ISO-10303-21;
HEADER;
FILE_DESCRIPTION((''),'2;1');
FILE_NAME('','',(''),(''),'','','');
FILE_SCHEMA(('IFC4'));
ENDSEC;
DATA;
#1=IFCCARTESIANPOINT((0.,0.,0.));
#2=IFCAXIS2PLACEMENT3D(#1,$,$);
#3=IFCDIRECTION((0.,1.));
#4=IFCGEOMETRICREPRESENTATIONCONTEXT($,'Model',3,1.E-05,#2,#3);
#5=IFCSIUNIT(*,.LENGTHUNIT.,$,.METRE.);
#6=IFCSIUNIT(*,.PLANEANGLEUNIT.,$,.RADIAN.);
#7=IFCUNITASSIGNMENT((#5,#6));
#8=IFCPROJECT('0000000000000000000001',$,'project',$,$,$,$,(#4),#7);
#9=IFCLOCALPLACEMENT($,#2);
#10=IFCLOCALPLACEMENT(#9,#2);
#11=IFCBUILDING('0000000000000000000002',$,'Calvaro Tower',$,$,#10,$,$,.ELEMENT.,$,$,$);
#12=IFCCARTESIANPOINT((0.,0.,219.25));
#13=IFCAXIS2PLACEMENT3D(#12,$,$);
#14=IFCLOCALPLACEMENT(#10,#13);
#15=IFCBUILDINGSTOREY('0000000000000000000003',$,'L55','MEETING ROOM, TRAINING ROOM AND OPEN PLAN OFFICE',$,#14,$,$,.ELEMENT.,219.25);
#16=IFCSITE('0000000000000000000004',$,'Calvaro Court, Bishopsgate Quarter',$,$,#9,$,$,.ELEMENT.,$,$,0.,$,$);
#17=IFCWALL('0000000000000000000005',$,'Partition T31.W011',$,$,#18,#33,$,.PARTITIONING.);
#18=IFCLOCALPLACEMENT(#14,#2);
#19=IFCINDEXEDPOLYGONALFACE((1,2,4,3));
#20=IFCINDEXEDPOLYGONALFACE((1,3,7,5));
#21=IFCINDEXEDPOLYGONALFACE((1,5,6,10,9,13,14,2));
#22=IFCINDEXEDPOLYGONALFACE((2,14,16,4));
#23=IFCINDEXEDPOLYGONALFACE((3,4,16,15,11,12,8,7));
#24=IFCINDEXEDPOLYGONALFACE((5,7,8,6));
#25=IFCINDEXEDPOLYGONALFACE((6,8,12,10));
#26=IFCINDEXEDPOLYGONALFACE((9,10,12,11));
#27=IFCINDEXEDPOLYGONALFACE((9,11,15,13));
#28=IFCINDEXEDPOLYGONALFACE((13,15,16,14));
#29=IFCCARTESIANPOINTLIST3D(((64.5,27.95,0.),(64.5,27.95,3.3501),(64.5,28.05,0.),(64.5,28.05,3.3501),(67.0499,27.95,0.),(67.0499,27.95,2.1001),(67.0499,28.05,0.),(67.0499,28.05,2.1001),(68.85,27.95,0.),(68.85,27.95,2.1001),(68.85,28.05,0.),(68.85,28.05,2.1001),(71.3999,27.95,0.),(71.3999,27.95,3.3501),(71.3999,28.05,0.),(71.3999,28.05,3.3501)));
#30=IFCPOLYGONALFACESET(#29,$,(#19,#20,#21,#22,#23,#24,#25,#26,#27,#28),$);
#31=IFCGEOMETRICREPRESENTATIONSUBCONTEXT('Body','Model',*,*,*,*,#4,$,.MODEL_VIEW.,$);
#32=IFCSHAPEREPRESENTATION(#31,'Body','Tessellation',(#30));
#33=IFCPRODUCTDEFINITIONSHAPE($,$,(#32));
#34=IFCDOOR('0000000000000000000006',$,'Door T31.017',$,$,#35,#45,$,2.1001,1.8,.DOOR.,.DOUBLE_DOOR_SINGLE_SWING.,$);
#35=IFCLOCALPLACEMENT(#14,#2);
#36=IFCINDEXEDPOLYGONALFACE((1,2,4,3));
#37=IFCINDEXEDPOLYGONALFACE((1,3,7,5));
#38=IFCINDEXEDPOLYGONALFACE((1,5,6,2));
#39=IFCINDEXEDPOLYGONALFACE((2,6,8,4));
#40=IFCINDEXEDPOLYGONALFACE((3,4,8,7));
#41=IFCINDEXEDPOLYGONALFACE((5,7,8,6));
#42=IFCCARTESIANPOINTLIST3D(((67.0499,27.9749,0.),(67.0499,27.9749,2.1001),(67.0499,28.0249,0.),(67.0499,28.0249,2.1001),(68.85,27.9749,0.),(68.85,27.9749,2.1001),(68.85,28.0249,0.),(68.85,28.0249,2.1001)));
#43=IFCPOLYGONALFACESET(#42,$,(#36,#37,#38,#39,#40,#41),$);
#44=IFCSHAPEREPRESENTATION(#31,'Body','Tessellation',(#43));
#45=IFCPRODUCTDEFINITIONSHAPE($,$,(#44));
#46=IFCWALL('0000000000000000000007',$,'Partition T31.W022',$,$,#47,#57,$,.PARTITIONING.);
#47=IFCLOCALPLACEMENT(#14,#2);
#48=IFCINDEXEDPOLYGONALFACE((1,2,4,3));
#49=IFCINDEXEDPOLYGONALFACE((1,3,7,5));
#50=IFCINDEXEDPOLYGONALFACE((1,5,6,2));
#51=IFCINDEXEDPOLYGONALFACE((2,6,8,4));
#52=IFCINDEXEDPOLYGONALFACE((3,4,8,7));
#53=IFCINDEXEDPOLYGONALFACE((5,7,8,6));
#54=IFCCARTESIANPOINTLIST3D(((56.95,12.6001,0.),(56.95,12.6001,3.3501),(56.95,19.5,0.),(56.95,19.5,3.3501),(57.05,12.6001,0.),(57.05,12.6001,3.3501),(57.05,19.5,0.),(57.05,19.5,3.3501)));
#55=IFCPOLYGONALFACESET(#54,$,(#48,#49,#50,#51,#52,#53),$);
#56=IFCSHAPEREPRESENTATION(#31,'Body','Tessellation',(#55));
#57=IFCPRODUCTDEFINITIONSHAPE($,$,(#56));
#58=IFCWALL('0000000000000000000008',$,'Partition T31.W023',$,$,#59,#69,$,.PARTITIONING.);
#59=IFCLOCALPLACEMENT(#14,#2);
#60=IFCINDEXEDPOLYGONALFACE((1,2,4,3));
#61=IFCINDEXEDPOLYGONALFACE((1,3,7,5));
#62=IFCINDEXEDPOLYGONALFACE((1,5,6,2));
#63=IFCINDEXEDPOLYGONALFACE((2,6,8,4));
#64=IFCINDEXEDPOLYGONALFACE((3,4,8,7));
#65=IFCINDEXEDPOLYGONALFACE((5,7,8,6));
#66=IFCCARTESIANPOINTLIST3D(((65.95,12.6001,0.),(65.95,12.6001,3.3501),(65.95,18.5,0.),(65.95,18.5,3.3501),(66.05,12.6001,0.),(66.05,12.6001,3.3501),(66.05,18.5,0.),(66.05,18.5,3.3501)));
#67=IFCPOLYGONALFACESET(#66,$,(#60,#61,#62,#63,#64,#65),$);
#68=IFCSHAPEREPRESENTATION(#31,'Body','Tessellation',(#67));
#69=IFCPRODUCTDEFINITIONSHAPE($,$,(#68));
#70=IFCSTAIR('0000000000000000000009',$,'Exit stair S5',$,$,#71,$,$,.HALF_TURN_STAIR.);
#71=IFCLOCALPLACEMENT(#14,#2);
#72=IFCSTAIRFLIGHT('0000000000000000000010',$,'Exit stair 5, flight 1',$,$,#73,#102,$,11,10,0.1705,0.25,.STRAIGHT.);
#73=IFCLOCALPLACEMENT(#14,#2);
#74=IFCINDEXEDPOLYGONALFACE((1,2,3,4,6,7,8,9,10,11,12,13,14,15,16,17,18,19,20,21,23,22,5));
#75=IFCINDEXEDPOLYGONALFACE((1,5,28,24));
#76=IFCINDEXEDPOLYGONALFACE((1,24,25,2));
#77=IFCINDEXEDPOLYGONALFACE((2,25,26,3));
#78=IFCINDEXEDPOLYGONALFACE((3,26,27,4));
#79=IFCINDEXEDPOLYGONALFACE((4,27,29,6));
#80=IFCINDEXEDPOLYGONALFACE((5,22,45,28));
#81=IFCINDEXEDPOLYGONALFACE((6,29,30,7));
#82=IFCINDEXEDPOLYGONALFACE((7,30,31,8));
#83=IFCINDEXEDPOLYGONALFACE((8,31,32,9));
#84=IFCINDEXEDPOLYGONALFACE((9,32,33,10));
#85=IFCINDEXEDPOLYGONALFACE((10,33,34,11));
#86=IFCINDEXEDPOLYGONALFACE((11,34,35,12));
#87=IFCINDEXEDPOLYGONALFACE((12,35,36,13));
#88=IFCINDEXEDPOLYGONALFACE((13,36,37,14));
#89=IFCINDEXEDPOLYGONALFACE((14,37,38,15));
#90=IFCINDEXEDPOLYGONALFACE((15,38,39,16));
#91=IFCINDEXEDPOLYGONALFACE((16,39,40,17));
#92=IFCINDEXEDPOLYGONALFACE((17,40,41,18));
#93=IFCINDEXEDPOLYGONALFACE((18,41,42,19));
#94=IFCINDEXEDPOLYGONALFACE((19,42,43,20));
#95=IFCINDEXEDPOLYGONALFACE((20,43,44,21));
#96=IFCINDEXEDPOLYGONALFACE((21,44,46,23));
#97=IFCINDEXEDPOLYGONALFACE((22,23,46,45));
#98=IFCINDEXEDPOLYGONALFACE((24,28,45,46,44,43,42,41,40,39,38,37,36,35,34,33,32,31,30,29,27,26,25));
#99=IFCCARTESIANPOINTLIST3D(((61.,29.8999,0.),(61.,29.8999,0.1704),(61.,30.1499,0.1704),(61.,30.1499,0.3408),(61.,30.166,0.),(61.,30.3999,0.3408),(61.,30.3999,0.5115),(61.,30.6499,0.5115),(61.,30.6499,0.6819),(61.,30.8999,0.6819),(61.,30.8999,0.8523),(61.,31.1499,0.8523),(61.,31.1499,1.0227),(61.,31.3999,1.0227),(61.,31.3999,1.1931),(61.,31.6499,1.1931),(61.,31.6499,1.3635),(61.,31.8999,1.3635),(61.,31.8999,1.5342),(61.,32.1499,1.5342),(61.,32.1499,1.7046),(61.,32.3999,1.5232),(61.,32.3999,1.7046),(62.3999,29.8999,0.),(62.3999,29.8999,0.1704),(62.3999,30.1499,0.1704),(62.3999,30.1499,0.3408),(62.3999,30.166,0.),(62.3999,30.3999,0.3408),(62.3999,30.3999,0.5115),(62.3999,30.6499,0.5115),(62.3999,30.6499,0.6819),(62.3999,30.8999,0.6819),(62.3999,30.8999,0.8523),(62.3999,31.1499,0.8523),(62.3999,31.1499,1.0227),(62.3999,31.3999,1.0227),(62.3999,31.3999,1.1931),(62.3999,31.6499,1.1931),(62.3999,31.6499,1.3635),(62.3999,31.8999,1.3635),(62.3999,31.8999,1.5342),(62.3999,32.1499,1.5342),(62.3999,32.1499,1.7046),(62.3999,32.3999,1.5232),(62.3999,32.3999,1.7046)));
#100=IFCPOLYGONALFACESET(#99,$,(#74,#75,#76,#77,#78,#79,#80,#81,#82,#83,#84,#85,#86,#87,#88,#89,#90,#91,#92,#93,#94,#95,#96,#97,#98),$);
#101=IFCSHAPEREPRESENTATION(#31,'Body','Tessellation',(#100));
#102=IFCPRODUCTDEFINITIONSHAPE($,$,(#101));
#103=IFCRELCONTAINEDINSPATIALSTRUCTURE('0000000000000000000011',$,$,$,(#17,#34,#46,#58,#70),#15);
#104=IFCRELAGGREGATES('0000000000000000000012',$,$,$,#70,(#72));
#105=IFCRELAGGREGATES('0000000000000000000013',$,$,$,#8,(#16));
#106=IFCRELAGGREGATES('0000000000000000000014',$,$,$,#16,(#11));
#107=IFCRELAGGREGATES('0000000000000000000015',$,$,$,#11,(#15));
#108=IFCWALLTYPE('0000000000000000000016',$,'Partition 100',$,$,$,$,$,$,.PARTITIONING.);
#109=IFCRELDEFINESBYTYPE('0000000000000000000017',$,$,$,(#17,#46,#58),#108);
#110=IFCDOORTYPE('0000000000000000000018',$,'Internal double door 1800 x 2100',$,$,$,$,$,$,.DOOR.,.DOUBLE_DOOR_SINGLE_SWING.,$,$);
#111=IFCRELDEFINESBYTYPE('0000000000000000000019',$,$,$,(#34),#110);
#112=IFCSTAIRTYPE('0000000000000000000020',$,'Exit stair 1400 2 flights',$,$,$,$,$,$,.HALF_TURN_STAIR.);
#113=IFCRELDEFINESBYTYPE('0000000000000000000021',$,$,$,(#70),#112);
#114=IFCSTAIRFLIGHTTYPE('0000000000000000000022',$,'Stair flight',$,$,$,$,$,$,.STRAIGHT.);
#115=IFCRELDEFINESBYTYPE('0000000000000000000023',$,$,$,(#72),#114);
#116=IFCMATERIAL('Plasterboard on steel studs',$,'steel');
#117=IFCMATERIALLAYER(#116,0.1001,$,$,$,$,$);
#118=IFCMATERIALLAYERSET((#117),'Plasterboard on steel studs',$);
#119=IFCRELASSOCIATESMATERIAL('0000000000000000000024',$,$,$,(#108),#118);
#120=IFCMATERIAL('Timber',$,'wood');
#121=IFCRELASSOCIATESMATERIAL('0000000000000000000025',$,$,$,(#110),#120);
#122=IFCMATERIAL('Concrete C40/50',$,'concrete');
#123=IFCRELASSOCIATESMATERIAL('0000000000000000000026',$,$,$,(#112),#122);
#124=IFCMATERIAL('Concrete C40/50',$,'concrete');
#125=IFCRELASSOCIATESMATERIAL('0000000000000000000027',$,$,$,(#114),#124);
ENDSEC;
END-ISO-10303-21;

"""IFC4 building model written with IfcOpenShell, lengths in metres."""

from ifc_helpers import new_model, si_unit, direction, frame, frame_2d, origin, place, context, subcontext, project, spatial, polyline, rectangle, outline, extrude, material, layer, layer_set, type_object, element, fill, aggregate, save


model = new_model("IFC4")

# Units and contexts
model_context = context("Model", 3, precision=1e-05, world=origin(), true_north=direction((0.0, 1.0)))
body_context = subcontext(model_context, "Body", "Model", "MODEL_VIEW")
ifc_project = project(units=[si_unit("LENGTHUNIT", "METRE"), si_unit("PLANEANGLEUNIT", "RADIAN")], contexts=[model_context])

# Site, building, storey
site_placement = place(None, origin())
site = spatial("IfcSite", under=ifc_project, at=site_placement, Name="Calvaro Court, Bishopsgate Quarter", CompositionType="ELEMENT", RefElevation=0.0)
building_placement = place(site_placement, origin())
building = spatial("IfcBuilding", under=site, at=building_placement, Name="Calvaro Tower", CompositionType="ELEMENT")
storey_placement = place(building_placement, frame((0.0, 0.0, 219.25)))
storey = spatial("IfcBuildingStorey", under=building, at=storey_placement, Name="L55", Description="MEETING ROOM, TRAINING ROOM AND OPEN PLAN OFFICE", CompositionType="ELEMENT", Elevation=219.25)

# Wall, opening, door
ifc_material_1 = material(Name="Plasterboard on steel studs", Category="steel")
ifc_layer_1 = layer(ifc_material_1, 0.1001)
ifc_layer_set_1 = layer_set([ifc_layer_1], Name="Plasterboard on steel studs")
wall_type_1 = type_object("IfcWallType", Name="Partition 100", PredefinedType="PARTITIONING", material=ifc_layer_set_1)
wall_1_placement = place(storey_placement, frame((64.5, 28.0, 0.0), z_axis=(0.0, 0.0, 1.0), x_axis=(1.0, 0.0, 0.0)))
wall_1 = element("IfcWall", 1, at=wall_1_placement, inside=storey, type_object=wall_type_1, Name="Partition T31.W011", PredefinedType="PARTITIONING", context=body_context, shape_type="SweptSolid", body=[
    extrude(rectangle(XDim=6.8999, YDim=0.1001, at=frame_2d((3.45, 0.0))), origin(), (0.0, 0.0, 1.0), 3.3501),
])
opening_1_placement = place(wall_1_placement, frame((2.55, 0.0, 0.0)))
opening_1 = element("IfcOpeningElement", 2, at=opening_1_placement, cuts=wall_1, PredefinedType="OPENING", context=body_context, shape_type="SweptSolid", body=[
    extrude(rectangle(XDim=1.8, YDim=2.1001, at=frame_2d((0.8999, 1.05))), frame((0.0, 0.0601, 0.0), z_axis=(0.0, -1.0, 0.0), x_axis=(1.0, 0.0, 0.0)), (0.0, 0.0, 1.0), 0.1201),
])
ifc_material_2 = material(Name="Timber", Category="wood")
door_type_1 = type_object("IfcDoorType", Name="Internal double door 1800 x 2100", OperationType="DOUBLE_DOOR_SINGLE_SWING", PredefinedType="DOOR", material=ifc_material_2)
door_1_placement = place(opening_1_placement, origin())
door_1 = element("IfcDoor", 3, at=door_1_placement, inside=storey, type_object=door_type_1, Name="Door T31.017", OperationType="DOUBLE_DOOR_SINGLE_SWING", OverallHeight=2.1001, OverallWidth=1.8, PredefinedType="DOOR", context=body_context, shape_type="SweptSolid", body=[
    extrude(rectangle(XDim=1.8, YDim=2.1001, at=frame_2d((0.8999, 1.05))), frame((0.0, 0.0249, 0.0), z_axis=(0.0, -1.0, 0.0), x_axis=(1.0, 0.0, 0.0)), (0.0, 0.0, 1.0), 0.05),
])
fill(opening_1, door_1)

# Walls
wall_2_placement = place(storey_placement, frame((57.0, 12.6001, 0.0), z_axis=(0.0, 0.0, 1.0), x_axis=(0.0, 1.0, 0.0)))
element("IfcWall", 4, at=wall_2_placement, inside=storey, type_object=wall_type_1, Name="Partition T31.W022", PredefinedType="PARTITIONING", context=body_context, shape_type="SweptSolid", body=[
    extrude(rectangle(XDim=6.8999, YDim=0.1001, at=frame_2d((3.45, 0.0))), origin(), (0.0, 0.0, 1.0), 3.3501),
])
wall_3_placement = place(storey_placement, frame((66.0, 12.6001, 0.0), z_axis=(0.0, 0.0, 1.0), x_axis=(0.0, 1.0, 0.0)))
element("IfcWall", 5, at=wall_3_placement, inside=storey, type_object=wall_type_1, Name="Partition T31.W023", PredefinedType="PARTITIONING", context=body_context, shape_type="SweptSolid", body=[
    extrude(rectangle(XDim=5.8999, YDim=0.1001, at=frame_2d((2.95, 0.0))), origin(), (0.0, 0.0, 1.0), 3.3501),
])

# Stair, stair flight
ifc_material_3 = material(Name="Concrete C40/50", Category="concrete")
stair_type = type_object("IfcStairType", Name="Exit stair 1400 2 flights", PredefinedType="HALF_TURN_STAIR", material=ifc_material_3)
stair_1_placement = place(storey_placement, origin())
stair_1 = element("IfcStair", 6, at=stair_1_placement, inside=storey, type_object=stair_type, Name="Exit stair S5", PredefinedType="HALF_TURN_STAIR")
ifc_material_4 = material(Name="Concrete C40/50", Category="concrete")
stair_flight_type = type_object("IfcStairFlightType", Name="Stair flight", PredefinedType="STRAIGHT", material=ifc_material_4)
stair_flight_placement = place(storey_placement, frame((61.7, 29.8999, 0.0), z_axis=(0.0, 0.0, 1.0), x_axis=(0.0, 1.0, 0.0)))
stair_flight = element("IfcStairFlight", 7, at=stair_flight_placement, type_object=stair_flight_type, Name="Exit stair 5, flight 1", NumberOfRisers=11, NumberOfTreads=10, PredefinedType="STRAIGHT", RiserHeight=0.1705, TreadLength=0.25, context=body_context, shape_type="SweptSolid", body=[
    extrude(outline(polyline([(0.0, 0.0), (0.0, 0.1704), (0.25, 0.1704), (0.25, 0.3408), (0.5, 0.3408), (0.5, 0.5115), (0.75, 0.5115), (0.75, 0.6819), (1.0, 0.6819), (1.0, 0.8523), (1.25, 0.8523), (1.25, 1.0227), (1.5, 1.0227), (1.5, 1.1931), (1.75, 1.1931), (1.75, 1.3635), (2.0, 1.3635), (2.0, 1.5342), (2.25, 1.5342), (2.25, 1.7046), (2.5, 1.7046), (2.5, 1.875), (2.5, 1.5232), (0.2661, 0.0), (0.0, 0.0)])), frame((0.0, 0.7, 0.0), z_axis=(0.0, -1.0, 0.0), x_axis=(1.0, 0.0, 0.0)), (0.0, 0.0, 1.0), 1.3999),
])

aggregate(stair_1, [stair_flight])

save(model, "model.ifc")
